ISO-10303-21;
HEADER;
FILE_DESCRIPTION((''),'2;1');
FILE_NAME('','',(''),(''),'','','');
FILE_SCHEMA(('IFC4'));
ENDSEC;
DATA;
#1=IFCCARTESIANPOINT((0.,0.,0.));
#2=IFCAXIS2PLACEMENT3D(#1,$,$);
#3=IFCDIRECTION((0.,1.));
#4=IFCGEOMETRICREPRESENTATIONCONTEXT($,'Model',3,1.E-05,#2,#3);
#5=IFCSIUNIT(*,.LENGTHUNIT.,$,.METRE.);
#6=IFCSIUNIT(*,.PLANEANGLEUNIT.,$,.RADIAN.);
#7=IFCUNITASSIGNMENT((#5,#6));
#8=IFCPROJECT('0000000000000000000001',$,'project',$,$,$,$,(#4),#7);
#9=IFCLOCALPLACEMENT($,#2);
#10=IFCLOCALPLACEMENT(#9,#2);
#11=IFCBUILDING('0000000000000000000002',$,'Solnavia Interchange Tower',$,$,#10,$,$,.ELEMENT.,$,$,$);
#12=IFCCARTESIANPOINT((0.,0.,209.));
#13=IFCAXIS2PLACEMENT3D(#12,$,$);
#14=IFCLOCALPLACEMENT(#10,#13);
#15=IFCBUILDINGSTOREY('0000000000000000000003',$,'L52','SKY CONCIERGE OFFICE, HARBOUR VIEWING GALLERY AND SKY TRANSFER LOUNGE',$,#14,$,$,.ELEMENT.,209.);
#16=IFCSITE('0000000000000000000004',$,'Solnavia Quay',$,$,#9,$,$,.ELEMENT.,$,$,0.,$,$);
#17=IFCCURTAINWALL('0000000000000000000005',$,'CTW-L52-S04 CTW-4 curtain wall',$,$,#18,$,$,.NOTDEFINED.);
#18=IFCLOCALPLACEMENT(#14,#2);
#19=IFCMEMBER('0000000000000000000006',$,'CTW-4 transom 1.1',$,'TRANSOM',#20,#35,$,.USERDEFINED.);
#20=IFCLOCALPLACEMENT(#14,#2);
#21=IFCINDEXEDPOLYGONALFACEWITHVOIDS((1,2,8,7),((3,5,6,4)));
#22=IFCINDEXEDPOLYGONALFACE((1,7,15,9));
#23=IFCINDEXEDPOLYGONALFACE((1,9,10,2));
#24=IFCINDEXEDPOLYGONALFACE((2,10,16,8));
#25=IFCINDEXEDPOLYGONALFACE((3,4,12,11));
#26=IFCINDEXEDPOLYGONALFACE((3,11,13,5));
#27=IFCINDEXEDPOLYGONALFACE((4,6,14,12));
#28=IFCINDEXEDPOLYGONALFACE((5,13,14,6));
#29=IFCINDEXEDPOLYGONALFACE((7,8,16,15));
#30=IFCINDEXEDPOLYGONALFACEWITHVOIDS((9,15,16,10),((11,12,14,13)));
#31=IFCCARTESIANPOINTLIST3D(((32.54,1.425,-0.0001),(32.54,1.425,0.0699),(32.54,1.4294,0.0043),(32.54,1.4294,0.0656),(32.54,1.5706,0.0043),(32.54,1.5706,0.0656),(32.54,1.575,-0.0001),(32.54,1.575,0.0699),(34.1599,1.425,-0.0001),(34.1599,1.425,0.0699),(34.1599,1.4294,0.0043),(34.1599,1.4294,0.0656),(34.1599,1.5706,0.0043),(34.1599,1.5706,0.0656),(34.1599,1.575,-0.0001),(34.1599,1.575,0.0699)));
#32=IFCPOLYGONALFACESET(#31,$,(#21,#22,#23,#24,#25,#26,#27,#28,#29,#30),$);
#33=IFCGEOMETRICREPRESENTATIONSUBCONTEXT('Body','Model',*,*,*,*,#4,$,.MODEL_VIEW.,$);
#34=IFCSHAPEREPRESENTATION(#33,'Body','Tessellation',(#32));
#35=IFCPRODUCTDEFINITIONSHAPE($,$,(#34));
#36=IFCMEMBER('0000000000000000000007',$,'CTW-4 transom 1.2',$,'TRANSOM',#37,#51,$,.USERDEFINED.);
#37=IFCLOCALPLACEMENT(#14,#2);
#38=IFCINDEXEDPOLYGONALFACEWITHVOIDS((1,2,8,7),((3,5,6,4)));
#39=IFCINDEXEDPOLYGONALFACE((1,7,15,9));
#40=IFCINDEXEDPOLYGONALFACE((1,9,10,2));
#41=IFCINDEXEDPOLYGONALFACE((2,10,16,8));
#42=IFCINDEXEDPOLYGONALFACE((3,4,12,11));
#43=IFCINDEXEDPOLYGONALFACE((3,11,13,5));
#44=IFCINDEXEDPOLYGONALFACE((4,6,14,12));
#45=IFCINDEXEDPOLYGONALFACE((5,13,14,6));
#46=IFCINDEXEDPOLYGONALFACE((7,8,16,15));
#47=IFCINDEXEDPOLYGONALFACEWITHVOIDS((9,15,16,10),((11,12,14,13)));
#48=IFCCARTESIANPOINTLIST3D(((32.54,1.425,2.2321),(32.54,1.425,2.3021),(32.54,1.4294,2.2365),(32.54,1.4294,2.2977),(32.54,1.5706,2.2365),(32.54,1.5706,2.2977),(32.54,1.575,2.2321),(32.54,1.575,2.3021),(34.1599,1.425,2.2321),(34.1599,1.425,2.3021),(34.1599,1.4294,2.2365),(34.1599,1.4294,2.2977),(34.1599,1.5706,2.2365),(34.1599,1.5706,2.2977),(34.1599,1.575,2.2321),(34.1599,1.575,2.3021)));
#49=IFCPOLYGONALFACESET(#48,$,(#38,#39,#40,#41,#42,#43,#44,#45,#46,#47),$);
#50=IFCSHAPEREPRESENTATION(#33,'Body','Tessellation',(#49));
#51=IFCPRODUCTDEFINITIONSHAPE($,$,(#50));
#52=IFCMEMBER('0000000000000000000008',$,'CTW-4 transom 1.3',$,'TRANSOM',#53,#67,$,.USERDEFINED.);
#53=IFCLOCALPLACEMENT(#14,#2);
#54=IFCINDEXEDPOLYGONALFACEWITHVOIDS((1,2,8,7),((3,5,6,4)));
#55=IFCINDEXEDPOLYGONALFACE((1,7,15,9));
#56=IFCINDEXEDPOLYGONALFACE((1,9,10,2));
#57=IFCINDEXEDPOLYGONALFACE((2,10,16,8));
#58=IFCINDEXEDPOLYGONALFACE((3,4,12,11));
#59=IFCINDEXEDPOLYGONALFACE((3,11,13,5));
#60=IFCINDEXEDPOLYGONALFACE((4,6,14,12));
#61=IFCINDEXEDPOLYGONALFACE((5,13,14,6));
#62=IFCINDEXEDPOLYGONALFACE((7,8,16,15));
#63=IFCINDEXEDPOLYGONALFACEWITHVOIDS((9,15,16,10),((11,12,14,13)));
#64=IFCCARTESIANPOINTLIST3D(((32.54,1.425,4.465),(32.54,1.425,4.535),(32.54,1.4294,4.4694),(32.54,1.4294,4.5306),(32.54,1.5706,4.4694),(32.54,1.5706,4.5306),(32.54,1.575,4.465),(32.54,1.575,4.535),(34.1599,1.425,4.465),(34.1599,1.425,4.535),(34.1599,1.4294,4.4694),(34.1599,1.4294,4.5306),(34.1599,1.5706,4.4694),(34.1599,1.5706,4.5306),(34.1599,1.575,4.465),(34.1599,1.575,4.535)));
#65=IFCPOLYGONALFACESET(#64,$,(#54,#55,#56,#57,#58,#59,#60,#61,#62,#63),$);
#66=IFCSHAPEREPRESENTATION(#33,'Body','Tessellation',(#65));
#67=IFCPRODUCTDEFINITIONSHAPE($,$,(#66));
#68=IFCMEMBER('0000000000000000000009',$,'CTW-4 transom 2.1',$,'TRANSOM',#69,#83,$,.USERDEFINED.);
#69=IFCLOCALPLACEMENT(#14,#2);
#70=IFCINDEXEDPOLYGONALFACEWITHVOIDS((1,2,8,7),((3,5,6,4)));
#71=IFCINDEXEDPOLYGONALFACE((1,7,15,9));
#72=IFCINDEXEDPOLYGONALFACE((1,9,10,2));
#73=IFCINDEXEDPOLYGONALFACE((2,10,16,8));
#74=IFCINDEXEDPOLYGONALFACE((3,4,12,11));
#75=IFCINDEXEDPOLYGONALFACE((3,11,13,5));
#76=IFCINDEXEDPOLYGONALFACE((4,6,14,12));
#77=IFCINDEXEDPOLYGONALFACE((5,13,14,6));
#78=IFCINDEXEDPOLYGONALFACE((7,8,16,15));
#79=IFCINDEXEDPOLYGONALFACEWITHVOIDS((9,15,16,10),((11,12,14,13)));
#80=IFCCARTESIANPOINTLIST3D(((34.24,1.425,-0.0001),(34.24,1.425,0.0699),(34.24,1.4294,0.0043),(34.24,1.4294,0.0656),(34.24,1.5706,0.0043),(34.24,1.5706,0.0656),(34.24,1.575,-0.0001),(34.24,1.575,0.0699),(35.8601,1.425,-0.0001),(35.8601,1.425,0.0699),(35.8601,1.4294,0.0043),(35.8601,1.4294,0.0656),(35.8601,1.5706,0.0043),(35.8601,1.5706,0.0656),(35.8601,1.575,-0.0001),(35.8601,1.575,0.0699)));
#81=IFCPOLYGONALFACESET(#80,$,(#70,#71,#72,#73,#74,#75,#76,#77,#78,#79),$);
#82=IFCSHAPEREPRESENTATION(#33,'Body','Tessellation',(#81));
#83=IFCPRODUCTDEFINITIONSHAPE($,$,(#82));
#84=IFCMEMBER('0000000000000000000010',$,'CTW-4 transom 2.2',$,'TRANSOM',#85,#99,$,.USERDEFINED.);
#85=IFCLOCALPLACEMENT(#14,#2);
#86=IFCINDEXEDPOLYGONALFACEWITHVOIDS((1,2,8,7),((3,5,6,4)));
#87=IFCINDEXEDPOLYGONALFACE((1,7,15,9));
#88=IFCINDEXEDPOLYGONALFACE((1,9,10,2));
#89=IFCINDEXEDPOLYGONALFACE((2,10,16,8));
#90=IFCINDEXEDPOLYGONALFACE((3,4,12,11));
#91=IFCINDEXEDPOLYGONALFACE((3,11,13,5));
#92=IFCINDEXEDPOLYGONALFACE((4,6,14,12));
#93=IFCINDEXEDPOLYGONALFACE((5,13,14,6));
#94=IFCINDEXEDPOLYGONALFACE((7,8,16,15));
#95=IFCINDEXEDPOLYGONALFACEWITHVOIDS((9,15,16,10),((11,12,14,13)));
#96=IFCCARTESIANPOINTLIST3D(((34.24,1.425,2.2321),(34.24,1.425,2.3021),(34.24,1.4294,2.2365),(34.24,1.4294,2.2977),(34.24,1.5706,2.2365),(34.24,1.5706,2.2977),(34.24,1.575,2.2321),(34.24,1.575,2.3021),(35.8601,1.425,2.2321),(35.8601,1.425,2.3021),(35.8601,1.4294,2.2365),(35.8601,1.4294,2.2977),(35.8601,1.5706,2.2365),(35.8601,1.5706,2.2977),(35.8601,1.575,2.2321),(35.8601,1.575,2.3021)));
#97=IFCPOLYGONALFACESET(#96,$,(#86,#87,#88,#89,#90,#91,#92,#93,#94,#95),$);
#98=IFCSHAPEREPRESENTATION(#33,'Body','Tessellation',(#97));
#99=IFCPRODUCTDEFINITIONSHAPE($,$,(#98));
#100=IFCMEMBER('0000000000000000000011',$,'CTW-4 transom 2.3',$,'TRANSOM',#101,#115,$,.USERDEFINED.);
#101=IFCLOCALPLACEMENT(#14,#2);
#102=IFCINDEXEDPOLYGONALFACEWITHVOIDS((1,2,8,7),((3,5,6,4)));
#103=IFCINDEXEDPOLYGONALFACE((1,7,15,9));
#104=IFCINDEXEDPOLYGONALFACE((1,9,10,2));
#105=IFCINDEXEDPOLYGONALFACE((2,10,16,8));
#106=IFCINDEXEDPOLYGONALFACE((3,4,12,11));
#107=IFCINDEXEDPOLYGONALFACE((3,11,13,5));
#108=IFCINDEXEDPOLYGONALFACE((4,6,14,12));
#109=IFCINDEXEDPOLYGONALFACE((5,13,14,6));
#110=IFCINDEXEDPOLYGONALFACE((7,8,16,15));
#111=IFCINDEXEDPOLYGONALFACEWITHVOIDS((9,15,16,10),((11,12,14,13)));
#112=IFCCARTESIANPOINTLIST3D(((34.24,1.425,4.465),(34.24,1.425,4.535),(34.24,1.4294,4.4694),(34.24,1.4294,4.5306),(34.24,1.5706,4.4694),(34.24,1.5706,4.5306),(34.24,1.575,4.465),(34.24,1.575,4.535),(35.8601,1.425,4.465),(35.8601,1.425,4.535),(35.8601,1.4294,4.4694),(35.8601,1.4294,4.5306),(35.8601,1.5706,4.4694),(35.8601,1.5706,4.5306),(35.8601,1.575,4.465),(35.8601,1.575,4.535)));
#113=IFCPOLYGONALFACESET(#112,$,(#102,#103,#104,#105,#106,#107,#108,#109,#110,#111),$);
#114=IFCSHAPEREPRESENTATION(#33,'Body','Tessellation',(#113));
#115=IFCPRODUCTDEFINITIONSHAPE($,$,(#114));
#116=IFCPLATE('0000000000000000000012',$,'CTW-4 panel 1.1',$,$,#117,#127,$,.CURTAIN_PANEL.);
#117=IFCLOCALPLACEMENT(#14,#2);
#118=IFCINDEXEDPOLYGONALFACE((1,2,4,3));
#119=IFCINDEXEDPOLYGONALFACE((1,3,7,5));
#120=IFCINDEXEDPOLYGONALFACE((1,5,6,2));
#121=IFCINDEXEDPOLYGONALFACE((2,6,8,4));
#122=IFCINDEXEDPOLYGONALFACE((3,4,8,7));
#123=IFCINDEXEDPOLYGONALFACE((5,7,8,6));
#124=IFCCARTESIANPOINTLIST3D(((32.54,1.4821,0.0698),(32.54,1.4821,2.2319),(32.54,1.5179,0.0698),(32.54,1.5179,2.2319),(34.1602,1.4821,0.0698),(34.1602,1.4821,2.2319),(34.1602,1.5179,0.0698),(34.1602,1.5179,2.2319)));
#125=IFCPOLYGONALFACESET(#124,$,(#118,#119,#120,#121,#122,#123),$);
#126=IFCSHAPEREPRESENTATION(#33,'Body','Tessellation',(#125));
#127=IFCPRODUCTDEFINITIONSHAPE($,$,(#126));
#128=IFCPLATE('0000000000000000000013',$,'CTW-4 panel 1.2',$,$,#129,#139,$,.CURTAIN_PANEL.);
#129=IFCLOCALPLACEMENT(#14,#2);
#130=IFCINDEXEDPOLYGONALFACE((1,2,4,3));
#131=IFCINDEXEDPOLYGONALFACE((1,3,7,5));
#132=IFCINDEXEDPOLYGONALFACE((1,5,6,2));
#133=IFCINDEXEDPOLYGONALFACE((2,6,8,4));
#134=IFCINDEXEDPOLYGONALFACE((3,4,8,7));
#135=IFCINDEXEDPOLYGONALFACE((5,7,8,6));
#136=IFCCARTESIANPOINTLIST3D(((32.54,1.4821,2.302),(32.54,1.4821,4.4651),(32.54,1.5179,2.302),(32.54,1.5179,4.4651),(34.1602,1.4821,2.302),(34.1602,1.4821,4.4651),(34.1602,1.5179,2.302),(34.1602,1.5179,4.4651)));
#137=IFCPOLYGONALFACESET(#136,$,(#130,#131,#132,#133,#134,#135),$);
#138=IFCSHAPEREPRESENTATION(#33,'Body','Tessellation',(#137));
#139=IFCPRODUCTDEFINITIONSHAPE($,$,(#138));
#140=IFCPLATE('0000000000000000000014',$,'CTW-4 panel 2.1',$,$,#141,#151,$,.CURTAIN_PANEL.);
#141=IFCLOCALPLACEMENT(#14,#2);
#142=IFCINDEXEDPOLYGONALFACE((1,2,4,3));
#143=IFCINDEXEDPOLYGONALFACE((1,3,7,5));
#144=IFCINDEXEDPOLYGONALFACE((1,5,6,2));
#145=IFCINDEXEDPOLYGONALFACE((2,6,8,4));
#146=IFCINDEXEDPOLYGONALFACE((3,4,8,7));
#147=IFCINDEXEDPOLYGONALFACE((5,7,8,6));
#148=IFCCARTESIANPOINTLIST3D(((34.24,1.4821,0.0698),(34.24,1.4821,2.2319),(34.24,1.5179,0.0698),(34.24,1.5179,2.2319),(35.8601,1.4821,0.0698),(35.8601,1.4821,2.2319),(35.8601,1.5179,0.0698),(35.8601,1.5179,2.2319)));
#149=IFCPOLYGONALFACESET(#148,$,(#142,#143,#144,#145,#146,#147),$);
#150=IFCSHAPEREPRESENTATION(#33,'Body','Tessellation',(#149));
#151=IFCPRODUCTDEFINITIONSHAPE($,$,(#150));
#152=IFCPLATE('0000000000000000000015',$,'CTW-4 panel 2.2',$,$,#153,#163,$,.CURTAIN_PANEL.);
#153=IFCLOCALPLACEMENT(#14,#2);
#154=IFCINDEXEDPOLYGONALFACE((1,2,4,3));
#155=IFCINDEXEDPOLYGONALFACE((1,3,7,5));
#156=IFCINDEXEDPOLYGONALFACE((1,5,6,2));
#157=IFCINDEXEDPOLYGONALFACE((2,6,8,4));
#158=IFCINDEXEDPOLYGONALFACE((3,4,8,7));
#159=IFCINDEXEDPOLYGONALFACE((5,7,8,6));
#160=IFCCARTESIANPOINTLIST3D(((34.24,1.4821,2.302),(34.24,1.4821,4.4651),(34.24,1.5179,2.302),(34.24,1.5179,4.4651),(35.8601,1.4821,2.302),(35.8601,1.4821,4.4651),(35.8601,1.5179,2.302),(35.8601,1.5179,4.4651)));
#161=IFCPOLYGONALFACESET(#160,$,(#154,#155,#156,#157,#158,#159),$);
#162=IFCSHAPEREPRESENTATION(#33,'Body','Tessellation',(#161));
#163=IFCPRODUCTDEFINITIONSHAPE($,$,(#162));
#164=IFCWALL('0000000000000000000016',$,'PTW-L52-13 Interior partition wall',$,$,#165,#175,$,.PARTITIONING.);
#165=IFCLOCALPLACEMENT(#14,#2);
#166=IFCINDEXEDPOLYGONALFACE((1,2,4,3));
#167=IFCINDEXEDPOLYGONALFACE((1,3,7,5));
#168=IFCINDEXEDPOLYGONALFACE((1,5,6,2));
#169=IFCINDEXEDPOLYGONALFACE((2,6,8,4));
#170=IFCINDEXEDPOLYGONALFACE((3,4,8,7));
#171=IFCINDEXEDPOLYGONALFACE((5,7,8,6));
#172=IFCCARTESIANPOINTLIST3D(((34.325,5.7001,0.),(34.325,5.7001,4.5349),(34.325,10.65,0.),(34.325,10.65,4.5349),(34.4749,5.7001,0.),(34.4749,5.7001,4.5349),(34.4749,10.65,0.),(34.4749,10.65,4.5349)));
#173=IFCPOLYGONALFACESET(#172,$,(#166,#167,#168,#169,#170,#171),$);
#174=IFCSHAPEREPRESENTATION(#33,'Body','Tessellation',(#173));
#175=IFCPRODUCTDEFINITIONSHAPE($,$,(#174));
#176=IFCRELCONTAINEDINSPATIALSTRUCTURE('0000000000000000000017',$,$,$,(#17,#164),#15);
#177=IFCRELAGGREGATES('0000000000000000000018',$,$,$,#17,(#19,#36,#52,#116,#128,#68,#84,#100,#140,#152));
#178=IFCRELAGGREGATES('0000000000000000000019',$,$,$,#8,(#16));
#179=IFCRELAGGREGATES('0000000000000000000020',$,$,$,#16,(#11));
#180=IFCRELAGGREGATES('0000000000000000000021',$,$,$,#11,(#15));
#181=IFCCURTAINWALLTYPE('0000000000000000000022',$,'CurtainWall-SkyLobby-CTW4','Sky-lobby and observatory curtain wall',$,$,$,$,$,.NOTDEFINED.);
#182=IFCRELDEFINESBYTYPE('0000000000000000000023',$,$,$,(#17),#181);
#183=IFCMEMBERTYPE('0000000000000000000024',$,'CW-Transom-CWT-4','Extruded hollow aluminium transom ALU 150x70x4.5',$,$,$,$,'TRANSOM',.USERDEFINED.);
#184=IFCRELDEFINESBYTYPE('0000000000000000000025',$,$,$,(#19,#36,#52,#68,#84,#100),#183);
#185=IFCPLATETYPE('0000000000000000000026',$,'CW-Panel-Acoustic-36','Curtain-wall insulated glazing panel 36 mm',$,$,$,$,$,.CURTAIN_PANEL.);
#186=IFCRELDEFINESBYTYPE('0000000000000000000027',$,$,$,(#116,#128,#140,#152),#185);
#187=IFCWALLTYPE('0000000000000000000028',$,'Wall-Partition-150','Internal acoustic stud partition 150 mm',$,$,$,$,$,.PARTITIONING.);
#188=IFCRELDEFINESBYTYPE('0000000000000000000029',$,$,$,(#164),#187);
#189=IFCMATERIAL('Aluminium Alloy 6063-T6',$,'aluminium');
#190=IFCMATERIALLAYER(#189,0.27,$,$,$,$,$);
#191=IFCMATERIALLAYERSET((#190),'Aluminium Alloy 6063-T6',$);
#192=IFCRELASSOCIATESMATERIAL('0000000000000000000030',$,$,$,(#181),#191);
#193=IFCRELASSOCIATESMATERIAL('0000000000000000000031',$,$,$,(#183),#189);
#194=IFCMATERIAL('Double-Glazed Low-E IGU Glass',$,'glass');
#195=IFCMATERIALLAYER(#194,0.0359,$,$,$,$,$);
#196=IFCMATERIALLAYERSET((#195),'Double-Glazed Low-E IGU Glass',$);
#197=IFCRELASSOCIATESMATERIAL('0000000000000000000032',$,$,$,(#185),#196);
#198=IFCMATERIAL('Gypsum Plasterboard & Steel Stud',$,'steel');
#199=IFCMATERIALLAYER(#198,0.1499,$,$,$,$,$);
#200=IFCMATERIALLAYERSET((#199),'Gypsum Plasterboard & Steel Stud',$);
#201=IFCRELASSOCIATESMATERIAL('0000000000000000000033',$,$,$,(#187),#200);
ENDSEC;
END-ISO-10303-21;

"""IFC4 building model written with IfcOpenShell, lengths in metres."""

from ifc_helpers import new_model, si_unit, direction, frame, frame_2d, origin, origin_2d, place, context, subcontext, project, spatial, rectangle, hollow_rectangle, extrude, material, layer, layer_set, material_profile, profile_set, type_object, element, aggregate, save


model = new_model("IFC4")

# Units and contexts
model_context = context("Model", 3, precision=1e-05, world=origin(), true_north=direction((0.0, 1.0)))
body_context = subcontext(model_context, "Body", "Model", "MODEL_VIEW")
ifc_project = project(units=[si_unit("LENGTHUNIT", "METRE"), si_unit("PLANEANGLEUNIT", "RADIAN")], contexts=[model_context])

# Site, building, storey
site_placement = place(None, origin())
site = spatial("IfcSite", under=ifc_project, at=site_placement, Name="Solnavia Quay", CompositionType="ELEMENT", RefElevation=0.0)
building_placement = place(site_placement, origin())
building = spatial("IfcBuilding", under=site, at=building_placement, Name="Solnavia Interchange Tower", CompositionType="ELEMENT")
storey_placement = place(building_placement, frame((0.0, 0.0, 209.0)))
storey = spatial("IfcBuildingStorey", under=building, at=storey_placement, Name="L52", Description="SKY CONCIERGE OFFICE, HARBOUR VIEWING GALLERY AND SKY TRANSFER LOUNGE", CompositionType="ELEMENT", Elevation=209.0)

# Curtain wall, members, plates
ifc_material_1 = material(Name="Aluminium Alloy 6063-T6", Category="aluminium")
ifc_layer_1 = layer(ifc_material_1, 0.27)
ifc_layer_set_1 = layer_set([ifc_layer_1], Name="Aluminium Alloy 6063-T6")
curtain_wall_type = type_object("IfcCurtainWallType", Name="CurtainWall-SkyLobby-CTW4", Description="Sky-lobby and observatory curtain wall", PredefinedType="NOTDEFINED", material=ifc_layer_set_1)
curtain_wall_placement = place(storey_placement, origin())
curtain_wall = element("IfcCurtainWall", 1, at=curtain_wall_placement, inside=storey, type_object=curtain_wall_type, Name="CTW-L52-S04 CTW-4 curtain wall", PredefinedType="NOTDEFINED")
ifc_material_profile_1 = material_profile(ifc_material_1, hollow_rectangle(XDim=0.0701, YDim=0.1499, WallThickness=0.0044, at=origin_2d()), Name="ALU 150x70x4.5")
ifc_profile_set_1 = profile_set([ifc_material_profile_1], Name="Aluminium Alloy 6063-T6")
member_type_1 = type_object("IfcMemberType", Name="CW-Transom-CWT-4", Description="Extruded hollow aluminium transom ALU 150x70x4.5", ElementType="TRANSOM", PredefinedType="USERDEFINED", material=ifc_profile_set_1)
member_1_placement = place(storey_placement, frame((32.54, 1.5, 0.0349), z_axis=(1.0, 0.0, 0.0), x_axis=(0.0, 0.0, 1.0)))
member_1 = element("IfcMember", 2, at=member_1_placement, type_object=member_type_1, Name="CTW-4 transom 1.1", ObjectType="TRANSOM", PredefinedType="USERDEFINED", context=body_context, shape_type="SweptSolid", body=[
    extrude(hollow_rectangle(XDim=0.0701, YDim=0.1499, WallThickness=0.0044, at=origin_2d()), origin(), (0.0, 0.0, 1.0), 1.6199),
])
member_2_placement = place(storey_placement, frame((32.54, 1.5, 2.2671), z_axis=(1.0, 0.0, 0.0), x_axis=(0.0, 0.0, 1.0)))
member_2 = element("IfcMember", 3, at=member_2_placement, type_object=member_type_1, Name="CTW-4 transom 1.2", ObjectType="TRANSOM", PredefinedType="USERDEFINED", context=body_context, shape_type="SweptSolid", body=[
    extrude(hollow_rectangle(XDim=0.0701, YDim=0.1499, WallThickness=0.0044, at=origin_2d()), origin(), (0.0, 0.0, 1.0), 1.6199),
])
member_3_placement = place(storey_placement, frame((32.54, 1.5, 4.5), z_axis=(1.0, 0.0, 0.0), x_axis=(0.0, 0.0, 1.0)))
member_3 = element("IfcMember", 4, at=member_3_placement, type_object=member_type_1, Name="CTW-4 transom 1.3", ObjectType="TRANSOM", PredefinedType="USERDEFINED", context=body_context, shape_type="SweptSolid", body=[
    extrude(hollow_rectangle(XDim=0.0701, YDim=0.1499, WallThickness=0.0044, at=origin_2d()), origin(), (0.0, 0.0, 1.0), 1.6199),
])
member_4_placement = place(storey_placement, frame((34.24, 1.5, 0.0349), z_axis=(1.0, 0.0, 0.0), x_axis=(0.0, 0.0, 1.0)))
member_4 = element("IfcMember", 5, at=member_4_placement, type_object=member_type_1, Name="CTW-4 transom 2.1", ObjectType="TRANSOM", PredefinedType="USERDEFINED", context=body_context, shape_type="SweptSolid", body=[
    extrude(hollow_rectangle(XDim=0.0701, YDim=0.1499, WallThickness=0.0044, at=origin_2d()), origin(), (0.0, 0.0, 1.0), 1.6201),
])
member_5_placement = place(storey_placement, frame((34.24, 1.5, 2.2671), z_axis=(1.0, 0.0, 0.0), x_axis=(0.0, 0.0, 1.0)))
member_5 = element("IfcMember", 6, at=member_5_placement, type_object=member_type_1, Name="CTW-4 transom 2.2", ObjectType="TRANSOM", PredefinedType="USERDEFINED", context=body_context, shape_type="SweptSolid", body=[
    extrude(hollow_rectangle(XDim=0.0701, YDim=0.1499, WallThickness=0.0044, at=origin_2d()), origin(), (0.0, 0.0, 1.0), 1.6201),
])
member_6_placement = place(storey_placement, frame((34.24, 1.5, 4.5), z_axis=(1.0, 0.0, 0.0), x_axis=(0.0, 0.0, 1.0)))
member_6 = element("IfcMember", 7, at=member_6_placement, type_object=member_type_1, Name="CTW-4 transom 2.3", ObjectType="TRANSOM", PredefinedType="USERDEFINED", context=body_context, shape_type="SweptSolid", body=[
    extrude(hollow_rectangle(XDim=0.0701, YDim=0.1499, WallThickness=0.0044, at=origin_2d()), origin(), (0.0, 0.0, 1.0), 1.6201),
])
ifc_material_2 = material(Name="Double-Glazed Low-E IGU Glass", Category="glass")
ifc_layer_2 = layer(ifc_material_2, 0.0359)
ifc_layer_set_2 = layer_set([ifc_layer_2], Name="Double-Glazed Low-E IGU Glass")
plate_type = type_object("IfcPlateType", Name="CW-Panel-Acoustic-36", Description="Curtain-wall insulated glazing panel 36 mm", PredefinedType="CURTAIN_PANEL", material=ifc_layer_set_2)
plate_1_placement = place(storey_placement, frame((33.3501, 1.5, 0.0698), z_axis=(0.0, 0.0, 1.0), x_axis=(1.0, 0.0, 0.0)))
plate_1 = element("IfcPlate", 8, at=plate_1_placement, type_object=plate_type, Name="CTW-4 panel 1.1", PredefinedType="CURTAIN_PANEL", context=body_context, shape_type="SweptSolid", body=[
    extrude(rectangle(XDim=1.6201, YDim=0.0359, at=origin_2d()), origin(), (0.0, 0.0, 1.0), 2.1621),
])
plate_2_placement = place(storey_placement, frame((33.3501, 1.5, 2.302), z_axis=(0.0, 0.0, 1.0), x_axis=(1.0, 0.0, 0.0)))
plate_2 = element("IfcPlate", 9, at=plate_2_placement, type_object=plate_type, Name="CTW-4 panel 1.2", PredefinedType="CURTAIN_PANEL", context=body_context, shape_type="SweptSolid", body=[
    extrude(rectangle(XDim=1.6201, YDim=0.0359, at=origin_2d()), origin(), (0.0, 0.0, 1.0), 2.1631),
])
plate_3_placement = place(storey_placement, frame((35.05, 1.5, 0.0698), z_axis=(0.0, 0.0, 1.0), x_axis=(1.0, 0.0, 0.0)))
plate_3 = element("IfcPlate", 10, at=plate_3_placement, type_object=plate_type, Name="CTW-4 panel 2.1", PredefinedType="CURTAIN_PANEL", context=body_context, shape_type="SweptSolid", body=[
    extrude(rectangle(XDim=1.6201, YDim=0.0359, at=origin_2d()), origin(), (0.0, 0.0, 1.0), 2.1621),
])
plate_4_placement = place(storey_placement, frame((35.05, 1.5, 2.302), z_axis=(0.0, 0.0, 1.0), x_axis=(1.0, 0.0, 0.0)))
plate_4 = element("IfcPlate", 11, at=plate_4_placement, type_object=plate_type, Name="CTW-4 panel 2.2", PredefinedType="CURTAIN_PANEL", context=body_context, shape_type="SweptSolid", body=[
    extrude(rectangle(XDim=1.6201, YDim=0.0359, at=origin_2d()), origin(), (0.0, 0.0, 1.0), 2.1631),
])
aggregate(curtain_wall, [member_1, member_2, member_3, plate_1, plate_2, member_4, member_5, member_6, plate_3, plate_4])

# Wall
ifc_material_3 = material(Name="Gypsum Plasterboard & Steel Stud", Category="steel")
ifc_layer_3 = layer(ifc_material_3, 0.1499)
ifc_layer_set_3 = layer_set([ifc_layer_3], Name="Gypsum Plasterboard & Steel Stud")
wall_type_1 = type_object("IfcWallType", Name="Wall-Partition-150", Description="Internal acoustic stud partition 150 mm", PredefinedType="PARTITIONING", material=ifc_layer_set_3)
wall_1_placement = place(storey_placement, frame((34.3999, 5.7, 0.0), z_axis=(0.0, 0.0, 1.0), x_axis=(0.0, 1.0, 0.0)))
element("IfcWall", 12, at=wall_1_placement, inside=storey, type_object=wall_type_1, Name="PTW-L52-13 Interior partition wall", PredefinedType="PARTITIONING", context=body_context, shape_type="SweptSolid", body=[
    extrude(rectangle(XDim=4.95, YDim=0.1499, at=frame_2d((2.4751, 0.0))), origin(), (0.0, 0.0, 1.0), 4.5349),
])

save(model, "model.ifc")
